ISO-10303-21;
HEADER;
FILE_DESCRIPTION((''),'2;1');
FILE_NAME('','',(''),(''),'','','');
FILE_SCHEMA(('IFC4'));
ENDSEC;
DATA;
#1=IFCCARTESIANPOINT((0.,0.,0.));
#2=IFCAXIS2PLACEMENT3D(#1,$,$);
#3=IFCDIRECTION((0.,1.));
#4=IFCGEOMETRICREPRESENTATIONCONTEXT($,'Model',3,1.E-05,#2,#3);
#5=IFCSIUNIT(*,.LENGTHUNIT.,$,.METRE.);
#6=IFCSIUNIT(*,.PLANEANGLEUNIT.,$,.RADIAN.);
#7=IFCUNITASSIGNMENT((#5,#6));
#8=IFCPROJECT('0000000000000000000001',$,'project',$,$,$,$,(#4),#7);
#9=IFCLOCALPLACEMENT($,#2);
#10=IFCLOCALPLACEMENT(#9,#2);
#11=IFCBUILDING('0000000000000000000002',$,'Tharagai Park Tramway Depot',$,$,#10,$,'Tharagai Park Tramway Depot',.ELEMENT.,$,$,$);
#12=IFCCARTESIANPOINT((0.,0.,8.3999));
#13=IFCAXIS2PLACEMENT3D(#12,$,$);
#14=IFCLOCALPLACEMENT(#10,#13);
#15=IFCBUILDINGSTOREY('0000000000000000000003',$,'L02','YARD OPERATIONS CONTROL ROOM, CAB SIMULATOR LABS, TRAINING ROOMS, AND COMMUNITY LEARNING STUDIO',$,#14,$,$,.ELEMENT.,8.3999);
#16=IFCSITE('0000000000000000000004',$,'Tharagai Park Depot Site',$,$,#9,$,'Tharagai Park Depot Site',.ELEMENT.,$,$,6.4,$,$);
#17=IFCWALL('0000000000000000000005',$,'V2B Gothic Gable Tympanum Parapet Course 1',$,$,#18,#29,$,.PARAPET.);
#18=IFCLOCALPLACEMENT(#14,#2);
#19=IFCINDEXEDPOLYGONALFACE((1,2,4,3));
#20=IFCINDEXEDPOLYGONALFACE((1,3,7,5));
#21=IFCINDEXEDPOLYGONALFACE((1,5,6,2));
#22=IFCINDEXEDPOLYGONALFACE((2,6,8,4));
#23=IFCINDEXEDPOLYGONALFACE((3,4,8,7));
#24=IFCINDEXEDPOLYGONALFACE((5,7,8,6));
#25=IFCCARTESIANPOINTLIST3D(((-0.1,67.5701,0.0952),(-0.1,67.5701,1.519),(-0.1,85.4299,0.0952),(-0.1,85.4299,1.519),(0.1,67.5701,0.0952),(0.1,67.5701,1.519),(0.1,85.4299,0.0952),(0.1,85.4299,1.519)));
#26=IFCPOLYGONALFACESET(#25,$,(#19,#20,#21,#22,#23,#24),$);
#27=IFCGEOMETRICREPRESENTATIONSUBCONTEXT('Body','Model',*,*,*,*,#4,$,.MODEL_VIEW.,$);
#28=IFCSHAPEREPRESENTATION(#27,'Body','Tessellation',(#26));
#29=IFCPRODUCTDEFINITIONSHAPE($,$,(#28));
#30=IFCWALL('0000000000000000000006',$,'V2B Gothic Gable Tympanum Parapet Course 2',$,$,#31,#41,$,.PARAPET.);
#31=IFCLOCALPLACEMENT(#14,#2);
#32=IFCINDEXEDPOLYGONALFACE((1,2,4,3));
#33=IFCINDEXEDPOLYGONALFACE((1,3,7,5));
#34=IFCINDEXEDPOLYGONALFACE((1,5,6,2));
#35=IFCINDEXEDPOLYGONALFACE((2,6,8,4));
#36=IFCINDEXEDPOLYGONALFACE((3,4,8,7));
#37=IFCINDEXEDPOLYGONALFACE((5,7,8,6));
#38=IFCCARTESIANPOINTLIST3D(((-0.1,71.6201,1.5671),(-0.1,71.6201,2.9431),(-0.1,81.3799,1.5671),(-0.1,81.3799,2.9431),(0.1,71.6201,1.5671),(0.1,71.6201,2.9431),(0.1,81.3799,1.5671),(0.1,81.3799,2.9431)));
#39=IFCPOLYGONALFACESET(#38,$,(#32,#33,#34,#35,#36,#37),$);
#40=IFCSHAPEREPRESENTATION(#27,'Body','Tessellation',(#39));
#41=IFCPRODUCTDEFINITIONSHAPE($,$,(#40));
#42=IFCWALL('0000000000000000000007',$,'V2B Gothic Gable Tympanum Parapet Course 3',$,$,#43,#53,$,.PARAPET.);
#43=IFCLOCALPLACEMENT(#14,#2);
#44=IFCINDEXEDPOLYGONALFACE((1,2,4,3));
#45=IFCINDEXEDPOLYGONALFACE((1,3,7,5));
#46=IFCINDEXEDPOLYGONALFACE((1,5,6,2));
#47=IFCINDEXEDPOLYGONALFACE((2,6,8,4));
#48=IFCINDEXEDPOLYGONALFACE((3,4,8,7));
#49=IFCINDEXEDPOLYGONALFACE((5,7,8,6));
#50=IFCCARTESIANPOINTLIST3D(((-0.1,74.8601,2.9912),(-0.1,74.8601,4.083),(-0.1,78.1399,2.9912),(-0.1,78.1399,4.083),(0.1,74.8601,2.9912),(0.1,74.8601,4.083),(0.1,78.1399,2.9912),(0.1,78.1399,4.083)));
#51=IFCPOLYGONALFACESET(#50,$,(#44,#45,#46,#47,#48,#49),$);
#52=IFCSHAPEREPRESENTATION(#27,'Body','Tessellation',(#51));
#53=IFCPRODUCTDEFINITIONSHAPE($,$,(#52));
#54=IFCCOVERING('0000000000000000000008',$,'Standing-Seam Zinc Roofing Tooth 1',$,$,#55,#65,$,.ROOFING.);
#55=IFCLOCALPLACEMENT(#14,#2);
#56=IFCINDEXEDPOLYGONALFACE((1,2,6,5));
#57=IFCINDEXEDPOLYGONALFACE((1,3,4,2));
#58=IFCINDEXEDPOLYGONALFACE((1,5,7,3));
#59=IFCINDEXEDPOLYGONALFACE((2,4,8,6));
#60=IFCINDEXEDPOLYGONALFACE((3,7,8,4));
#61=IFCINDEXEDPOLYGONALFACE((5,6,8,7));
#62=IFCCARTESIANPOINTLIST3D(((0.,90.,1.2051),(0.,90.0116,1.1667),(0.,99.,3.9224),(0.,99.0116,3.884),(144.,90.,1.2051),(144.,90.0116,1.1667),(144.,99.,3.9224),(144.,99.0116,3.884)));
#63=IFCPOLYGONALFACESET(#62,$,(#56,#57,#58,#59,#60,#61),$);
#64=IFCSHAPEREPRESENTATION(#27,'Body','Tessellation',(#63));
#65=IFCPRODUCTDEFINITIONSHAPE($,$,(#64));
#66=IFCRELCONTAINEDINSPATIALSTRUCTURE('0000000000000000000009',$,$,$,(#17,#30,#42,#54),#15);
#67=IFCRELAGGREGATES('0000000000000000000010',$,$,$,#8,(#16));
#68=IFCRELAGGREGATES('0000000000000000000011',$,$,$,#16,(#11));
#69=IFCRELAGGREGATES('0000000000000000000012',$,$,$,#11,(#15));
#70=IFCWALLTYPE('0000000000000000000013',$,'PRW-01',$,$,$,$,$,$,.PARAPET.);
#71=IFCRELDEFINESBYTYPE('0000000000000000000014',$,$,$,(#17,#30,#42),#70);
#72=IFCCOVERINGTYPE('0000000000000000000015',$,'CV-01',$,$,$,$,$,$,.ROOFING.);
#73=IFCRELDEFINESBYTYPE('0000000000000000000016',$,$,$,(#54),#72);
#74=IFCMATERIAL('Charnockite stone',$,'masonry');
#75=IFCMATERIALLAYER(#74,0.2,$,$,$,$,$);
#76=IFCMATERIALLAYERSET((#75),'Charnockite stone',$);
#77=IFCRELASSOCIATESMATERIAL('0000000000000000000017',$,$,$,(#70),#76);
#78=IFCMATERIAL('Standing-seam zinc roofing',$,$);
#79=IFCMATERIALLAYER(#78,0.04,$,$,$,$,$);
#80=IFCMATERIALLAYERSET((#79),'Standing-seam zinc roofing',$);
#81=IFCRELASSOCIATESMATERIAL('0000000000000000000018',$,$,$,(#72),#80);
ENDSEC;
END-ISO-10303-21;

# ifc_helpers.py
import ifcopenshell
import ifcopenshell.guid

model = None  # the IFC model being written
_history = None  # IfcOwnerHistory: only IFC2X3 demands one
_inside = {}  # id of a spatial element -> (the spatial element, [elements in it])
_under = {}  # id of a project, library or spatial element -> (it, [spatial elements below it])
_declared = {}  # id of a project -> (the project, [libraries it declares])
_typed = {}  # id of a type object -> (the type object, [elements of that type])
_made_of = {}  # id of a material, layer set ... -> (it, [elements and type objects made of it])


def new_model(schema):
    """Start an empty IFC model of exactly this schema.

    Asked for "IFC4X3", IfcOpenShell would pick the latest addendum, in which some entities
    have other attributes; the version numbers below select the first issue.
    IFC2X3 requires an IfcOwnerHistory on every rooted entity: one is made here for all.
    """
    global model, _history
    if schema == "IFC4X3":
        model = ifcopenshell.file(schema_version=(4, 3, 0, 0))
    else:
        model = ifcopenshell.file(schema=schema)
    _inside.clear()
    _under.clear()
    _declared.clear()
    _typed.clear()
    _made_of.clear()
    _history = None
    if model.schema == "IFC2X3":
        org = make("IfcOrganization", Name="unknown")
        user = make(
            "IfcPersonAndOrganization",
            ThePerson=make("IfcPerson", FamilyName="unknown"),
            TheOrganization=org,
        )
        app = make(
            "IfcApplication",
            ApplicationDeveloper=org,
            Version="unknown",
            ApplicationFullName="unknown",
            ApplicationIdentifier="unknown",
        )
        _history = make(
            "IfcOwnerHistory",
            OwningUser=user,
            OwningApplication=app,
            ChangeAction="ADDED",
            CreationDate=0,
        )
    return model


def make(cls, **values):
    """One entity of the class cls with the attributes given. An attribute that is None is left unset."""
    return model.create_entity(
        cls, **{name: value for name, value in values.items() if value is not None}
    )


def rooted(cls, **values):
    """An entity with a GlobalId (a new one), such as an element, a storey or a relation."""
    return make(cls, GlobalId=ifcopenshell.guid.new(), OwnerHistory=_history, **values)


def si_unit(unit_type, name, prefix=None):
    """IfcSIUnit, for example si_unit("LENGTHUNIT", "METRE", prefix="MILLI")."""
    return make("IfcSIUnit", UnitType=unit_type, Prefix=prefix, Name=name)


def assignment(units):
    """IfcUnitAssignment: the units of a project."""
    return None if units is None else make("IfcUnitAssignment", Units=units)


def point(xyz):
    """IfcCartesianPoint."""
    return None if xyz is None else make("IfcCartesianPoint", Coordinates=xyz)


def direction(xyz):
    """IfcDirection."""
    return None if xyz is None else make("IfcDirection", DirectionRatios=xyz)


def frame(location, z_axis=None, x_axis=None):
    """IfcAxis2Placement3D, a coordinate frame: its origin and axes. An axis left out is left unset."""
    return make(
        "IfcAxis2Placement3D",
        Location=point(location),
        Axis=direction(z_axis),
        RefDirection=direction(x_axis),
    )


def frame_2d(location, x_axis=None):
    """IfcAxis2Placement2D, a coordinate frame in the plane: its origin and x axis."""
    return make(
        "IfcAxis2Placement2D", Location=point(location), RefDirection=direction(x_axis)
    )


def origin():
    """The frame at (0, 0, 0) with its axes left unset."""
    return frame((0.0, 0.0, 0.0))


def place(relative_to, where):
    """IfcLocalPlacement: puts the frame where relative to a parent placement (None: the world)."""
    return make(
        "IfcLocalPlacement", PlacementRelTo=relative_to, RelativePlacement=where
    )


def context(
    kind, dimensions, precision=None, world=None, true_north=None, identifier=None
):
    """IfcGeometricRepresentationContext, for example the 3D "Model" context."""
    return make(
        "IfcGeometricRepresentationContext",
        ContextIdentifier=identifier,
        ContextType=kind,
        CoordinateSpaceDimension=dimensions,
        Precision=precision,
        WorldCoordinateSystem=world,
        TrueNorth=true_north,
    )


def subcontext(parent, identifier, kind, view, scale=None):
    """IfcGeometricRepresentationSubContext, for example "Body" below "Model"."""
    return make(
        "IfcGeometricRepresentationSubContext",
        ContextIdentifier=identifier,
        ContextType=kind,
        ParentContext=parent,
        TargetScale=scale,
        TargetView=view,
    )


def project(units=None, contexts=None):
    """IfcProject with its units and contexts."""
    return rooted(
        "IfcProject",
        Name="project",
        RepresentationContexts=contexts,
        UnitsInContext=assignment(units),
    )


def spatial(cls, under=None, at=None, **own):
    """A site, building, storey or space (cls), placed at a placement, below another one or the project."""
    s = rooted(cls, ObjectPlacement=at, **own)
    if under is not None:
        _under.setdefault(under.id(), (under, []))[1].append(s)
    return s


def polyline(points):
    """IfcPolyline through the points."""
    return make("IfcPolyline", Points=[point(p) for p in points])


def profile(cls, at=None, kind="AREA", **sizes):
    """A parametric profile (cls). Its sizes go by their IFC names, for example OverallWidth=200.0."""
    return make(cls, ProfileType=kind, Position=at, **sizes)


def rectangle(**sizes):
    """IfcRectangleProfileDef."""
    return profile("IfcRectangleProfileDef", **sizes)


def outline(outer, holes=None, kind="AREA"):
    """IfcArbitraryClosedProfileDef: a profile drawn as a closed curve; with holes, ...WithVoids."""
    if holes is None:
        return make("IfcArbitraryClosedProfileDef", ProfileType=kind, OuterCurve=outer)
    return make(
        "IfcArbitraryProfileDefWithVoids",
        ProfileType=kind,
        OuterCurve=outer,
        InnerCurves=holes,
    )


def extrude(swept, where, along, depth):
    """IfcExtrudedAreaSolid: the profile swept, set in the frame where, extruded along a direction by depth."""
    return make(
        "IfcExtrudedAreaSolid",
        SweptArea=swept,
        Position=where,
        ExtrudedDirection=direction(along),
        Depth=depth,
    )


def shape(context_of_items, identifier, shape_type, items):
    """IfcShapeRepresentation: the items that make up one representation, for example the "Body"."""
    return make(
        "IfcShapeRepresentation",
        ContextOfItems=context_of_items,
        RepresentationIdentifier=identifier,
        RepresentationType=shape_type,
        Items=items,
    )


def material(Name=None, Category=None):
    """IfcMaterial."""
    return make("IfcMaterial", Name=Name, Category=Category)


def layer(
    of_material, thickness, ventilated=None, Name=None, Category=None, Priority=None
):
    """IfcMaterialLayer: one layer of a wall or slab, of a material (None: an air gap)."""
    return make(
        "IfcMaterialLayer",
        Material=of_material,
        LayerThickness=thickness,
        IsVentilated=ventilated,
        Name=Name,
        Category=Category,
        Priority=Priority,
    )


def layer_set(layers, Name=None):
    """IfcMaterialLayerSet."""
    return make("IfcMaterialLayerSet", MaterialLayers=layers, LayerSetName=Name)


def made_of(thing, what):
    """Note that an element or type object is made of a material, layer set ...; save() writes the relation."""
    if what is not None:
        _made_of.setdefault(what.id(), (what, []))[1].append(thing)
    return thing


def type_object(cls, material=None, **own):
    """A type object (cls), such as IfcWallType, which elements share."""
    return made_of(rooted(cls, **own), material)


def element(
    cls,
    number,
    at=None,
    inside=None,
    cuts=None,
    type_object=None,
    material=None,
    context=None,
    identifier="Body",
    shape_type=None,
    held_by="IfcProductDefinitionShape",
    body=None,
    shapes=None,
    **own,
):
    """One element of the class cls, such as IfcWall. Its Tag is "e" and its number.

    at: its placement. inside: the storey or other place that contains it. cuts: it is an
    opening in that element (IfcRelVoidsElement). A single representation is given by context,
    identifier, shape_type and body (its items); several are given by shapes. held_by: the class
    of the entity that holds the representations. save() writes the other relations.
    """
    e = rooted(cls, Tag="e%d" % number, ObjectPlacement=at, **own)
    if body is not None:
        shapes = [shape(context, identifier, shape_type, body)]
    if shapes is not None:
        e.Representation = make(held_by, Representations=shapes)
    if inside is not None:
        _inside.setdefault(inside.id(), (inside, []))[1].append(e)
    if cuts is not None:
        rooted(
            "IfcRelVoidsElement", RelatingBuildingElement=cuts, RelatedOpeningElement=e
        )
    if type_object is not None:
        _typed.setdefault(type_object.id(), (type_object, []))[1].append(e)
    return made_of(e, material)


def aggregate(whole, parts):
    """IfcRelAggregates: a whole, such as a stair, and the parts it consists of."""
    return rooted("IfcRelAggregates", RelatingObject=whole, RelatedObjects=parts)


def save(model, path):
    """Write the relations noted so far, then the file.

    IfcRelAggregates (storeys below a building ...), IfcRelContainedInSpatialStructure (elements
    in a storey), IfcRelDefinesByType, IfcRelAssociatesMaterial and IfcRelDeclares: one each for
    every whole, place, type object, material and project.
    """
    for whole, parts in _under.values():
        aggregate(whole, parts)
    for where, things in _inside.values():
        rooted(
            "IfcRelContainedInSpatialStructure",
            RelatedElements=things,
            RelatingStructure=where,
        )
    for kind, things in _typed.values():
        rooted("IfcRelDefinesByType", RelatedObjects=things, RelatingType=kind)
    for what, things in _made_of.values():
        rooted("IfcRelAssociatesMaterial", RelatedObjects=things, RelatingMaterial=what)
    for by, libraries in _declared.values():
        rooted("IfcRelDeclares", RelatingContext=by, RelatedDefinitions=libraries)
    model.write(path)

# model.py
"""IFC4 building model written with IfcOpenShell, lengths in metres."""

from ifc_helpers import new_model, si_unit, direction, frame, frame_2d, origin, place, context, subcontext, project, spatial, polyline, rectangle, outline, extrude, material, layer, layer_set, type_object, element, save


model = new_model("IFC4")

# Units and contexts
model_context = context("Model", 3, precision=1e-05, world=origin(), true_north=direction((0.0, 1.0)))
body_context = subcontext(model_context, "Body", "Model", "MODEL_VIEW")
ifc_project = project(units=[si_unit("LENGTHUNIT", "METRE"), si_unit("PLANEANGLEUNIT", "RADIAN")], contexts=[model_context])

# Site, building, storey
site_placement = place(None, origin())
site = spatial("IfcSite", under=ifc_project, at=site_placement, Name="Tharagai Park Depot Site", LongName="Tharagai Park Depot Site", CompositionType="ELEMENT", RefElevation=6.4)
building_placement = place(site_placement, origin())
building = spatial("IfcBuilding", under=site, at=building_placement, Name="Tharagai Park Tramway Depot", LongName="Tharagai Park Tramway Depot", CompositionType="ELEMENT")
storey_placement = place(building_placement, frame((0.0, 0.0, 8.3999)))
storey = spatial("IfcBuildingStorey", under=building, at=storey_placement, Name="L02", Description="YARD OPERATIONS CONTROL ROOM, CAB SIMULATOR LABS, TRAINING ROOMS, AND COMMUNITY LEARNING STUDIO", CompositionType="ELEMENT", Elevation=8.3999)

# Walls
ifc_material_1 = material(Name="Charnockite stone", Category="masonry")
ifc_layer_1 = layer(ifc_material_1, 0.2)
ifc_layer_set_1 = layer_set([ifc_layer_1], Name="Charnockite stone")
wall_type = type_object("IfcWallType", Name="PRW-01", PredefinedType="PARAPET", material=ifc_layer_set_1)
wall_1_placement = place(storey_placement, frame((0.0, 67.5701, 0.0952), z_axis=(0.0, 0.0, 1.0), x_axis=(0.0, 1.0, 0.0)))
element("IfcWall", 1, at=wall_1_placement, inside=storey, type_object=wall_type, Name="V2B Gothic Gable Tympanum Parapet Course 1", PredefinedType="PARAPET", context=body_context, shape_type="SweptSolid", body=[
    extrude(rectangle(XDim=17.8599, YDim=0.2, at=frame_2d((8.9299, 0.0))), origin(), (0.0, 0.0, 1.0), 1.4238),
])
wall_2_placement = place(storey_placement, frame((0.0, 71.6201, 1.5671), z_axis=(0.0, 0.0, 1.0), x_axis=(0.0, 1.0, 0.0)))
element("IfcWall", 2, at=wall_2_placement, inside=storey, type_object=wall_type, Name="V2B Gothic Gable Tympanum Parapet Course 2", PredefinedType="PARAPET", context=body_context, shape_type="SweptSolid", body=[
    extrude(rectangle(XDim=9.7598, YDim=0.2, at=frame_2d((4.8799, 0.0))), origin(), (0.0, 0.0, 1.0), 1.376),
])
wall_3_placement = place(storey_placement, frame((0.0, 74.8601, 2.9912), z_axis=(0.0, 0.0, 1.0), x_axis=(0.0, 1.0, 0.0)))
element("IfcWall", 3, at=wall_3_placement, inside=storey, type_object=wall_type, Name="V2B Gothic Gable Tympanum Parapet Course 3", PredefinedType="PARAPET", context=body_context, shape_type="SweptSolid", body=[
    extrude(rectangle(XDim=3.2798, YDim=0.2, at=frame_2d((1.6399, 0.0))), origin(), (0.0, 0.0, 1.0), 1.0918),
])

# Covering
ifc_material_2 = material(Name="Standing-seam zinc roofing")
ifc_layer_2 = layer(ifc_material_2, 0.04)
ifc_layer_set_2 = layer_set([ifc_layer_2], Name="Standing-seam zinc roofing")
covering_type = type_object("IfcCoveringType", Name="CV-01", PredefinedType="ROOFING", material=ifc_layer_set_2)
covering_placement = place(storey_placement, frame((0.0, 90.0, 1.2051), z_axis=(0.0, -0.289034, 0.957319), x_axis=(1.0, 0.0, 0.0)))
element("IfcCovering", 4, at=covering_placement, inside=storey, type_object=covering_type, Name="Standing-Seam Zinc Roofing Tooth 1", PredefinedType="ROOFING", context=body_context, shape_type="SweptSolid", body=[
    extrude(outline(polyline([(0.0, 0.0), (144.0, 0.0), (144.0, 9.4013), (0.0, 9.4013), (0.0, 0.0)])), origin(), (0.0, 0.0, -1.0), 0.04),
])

save(model, "model.ifc")
